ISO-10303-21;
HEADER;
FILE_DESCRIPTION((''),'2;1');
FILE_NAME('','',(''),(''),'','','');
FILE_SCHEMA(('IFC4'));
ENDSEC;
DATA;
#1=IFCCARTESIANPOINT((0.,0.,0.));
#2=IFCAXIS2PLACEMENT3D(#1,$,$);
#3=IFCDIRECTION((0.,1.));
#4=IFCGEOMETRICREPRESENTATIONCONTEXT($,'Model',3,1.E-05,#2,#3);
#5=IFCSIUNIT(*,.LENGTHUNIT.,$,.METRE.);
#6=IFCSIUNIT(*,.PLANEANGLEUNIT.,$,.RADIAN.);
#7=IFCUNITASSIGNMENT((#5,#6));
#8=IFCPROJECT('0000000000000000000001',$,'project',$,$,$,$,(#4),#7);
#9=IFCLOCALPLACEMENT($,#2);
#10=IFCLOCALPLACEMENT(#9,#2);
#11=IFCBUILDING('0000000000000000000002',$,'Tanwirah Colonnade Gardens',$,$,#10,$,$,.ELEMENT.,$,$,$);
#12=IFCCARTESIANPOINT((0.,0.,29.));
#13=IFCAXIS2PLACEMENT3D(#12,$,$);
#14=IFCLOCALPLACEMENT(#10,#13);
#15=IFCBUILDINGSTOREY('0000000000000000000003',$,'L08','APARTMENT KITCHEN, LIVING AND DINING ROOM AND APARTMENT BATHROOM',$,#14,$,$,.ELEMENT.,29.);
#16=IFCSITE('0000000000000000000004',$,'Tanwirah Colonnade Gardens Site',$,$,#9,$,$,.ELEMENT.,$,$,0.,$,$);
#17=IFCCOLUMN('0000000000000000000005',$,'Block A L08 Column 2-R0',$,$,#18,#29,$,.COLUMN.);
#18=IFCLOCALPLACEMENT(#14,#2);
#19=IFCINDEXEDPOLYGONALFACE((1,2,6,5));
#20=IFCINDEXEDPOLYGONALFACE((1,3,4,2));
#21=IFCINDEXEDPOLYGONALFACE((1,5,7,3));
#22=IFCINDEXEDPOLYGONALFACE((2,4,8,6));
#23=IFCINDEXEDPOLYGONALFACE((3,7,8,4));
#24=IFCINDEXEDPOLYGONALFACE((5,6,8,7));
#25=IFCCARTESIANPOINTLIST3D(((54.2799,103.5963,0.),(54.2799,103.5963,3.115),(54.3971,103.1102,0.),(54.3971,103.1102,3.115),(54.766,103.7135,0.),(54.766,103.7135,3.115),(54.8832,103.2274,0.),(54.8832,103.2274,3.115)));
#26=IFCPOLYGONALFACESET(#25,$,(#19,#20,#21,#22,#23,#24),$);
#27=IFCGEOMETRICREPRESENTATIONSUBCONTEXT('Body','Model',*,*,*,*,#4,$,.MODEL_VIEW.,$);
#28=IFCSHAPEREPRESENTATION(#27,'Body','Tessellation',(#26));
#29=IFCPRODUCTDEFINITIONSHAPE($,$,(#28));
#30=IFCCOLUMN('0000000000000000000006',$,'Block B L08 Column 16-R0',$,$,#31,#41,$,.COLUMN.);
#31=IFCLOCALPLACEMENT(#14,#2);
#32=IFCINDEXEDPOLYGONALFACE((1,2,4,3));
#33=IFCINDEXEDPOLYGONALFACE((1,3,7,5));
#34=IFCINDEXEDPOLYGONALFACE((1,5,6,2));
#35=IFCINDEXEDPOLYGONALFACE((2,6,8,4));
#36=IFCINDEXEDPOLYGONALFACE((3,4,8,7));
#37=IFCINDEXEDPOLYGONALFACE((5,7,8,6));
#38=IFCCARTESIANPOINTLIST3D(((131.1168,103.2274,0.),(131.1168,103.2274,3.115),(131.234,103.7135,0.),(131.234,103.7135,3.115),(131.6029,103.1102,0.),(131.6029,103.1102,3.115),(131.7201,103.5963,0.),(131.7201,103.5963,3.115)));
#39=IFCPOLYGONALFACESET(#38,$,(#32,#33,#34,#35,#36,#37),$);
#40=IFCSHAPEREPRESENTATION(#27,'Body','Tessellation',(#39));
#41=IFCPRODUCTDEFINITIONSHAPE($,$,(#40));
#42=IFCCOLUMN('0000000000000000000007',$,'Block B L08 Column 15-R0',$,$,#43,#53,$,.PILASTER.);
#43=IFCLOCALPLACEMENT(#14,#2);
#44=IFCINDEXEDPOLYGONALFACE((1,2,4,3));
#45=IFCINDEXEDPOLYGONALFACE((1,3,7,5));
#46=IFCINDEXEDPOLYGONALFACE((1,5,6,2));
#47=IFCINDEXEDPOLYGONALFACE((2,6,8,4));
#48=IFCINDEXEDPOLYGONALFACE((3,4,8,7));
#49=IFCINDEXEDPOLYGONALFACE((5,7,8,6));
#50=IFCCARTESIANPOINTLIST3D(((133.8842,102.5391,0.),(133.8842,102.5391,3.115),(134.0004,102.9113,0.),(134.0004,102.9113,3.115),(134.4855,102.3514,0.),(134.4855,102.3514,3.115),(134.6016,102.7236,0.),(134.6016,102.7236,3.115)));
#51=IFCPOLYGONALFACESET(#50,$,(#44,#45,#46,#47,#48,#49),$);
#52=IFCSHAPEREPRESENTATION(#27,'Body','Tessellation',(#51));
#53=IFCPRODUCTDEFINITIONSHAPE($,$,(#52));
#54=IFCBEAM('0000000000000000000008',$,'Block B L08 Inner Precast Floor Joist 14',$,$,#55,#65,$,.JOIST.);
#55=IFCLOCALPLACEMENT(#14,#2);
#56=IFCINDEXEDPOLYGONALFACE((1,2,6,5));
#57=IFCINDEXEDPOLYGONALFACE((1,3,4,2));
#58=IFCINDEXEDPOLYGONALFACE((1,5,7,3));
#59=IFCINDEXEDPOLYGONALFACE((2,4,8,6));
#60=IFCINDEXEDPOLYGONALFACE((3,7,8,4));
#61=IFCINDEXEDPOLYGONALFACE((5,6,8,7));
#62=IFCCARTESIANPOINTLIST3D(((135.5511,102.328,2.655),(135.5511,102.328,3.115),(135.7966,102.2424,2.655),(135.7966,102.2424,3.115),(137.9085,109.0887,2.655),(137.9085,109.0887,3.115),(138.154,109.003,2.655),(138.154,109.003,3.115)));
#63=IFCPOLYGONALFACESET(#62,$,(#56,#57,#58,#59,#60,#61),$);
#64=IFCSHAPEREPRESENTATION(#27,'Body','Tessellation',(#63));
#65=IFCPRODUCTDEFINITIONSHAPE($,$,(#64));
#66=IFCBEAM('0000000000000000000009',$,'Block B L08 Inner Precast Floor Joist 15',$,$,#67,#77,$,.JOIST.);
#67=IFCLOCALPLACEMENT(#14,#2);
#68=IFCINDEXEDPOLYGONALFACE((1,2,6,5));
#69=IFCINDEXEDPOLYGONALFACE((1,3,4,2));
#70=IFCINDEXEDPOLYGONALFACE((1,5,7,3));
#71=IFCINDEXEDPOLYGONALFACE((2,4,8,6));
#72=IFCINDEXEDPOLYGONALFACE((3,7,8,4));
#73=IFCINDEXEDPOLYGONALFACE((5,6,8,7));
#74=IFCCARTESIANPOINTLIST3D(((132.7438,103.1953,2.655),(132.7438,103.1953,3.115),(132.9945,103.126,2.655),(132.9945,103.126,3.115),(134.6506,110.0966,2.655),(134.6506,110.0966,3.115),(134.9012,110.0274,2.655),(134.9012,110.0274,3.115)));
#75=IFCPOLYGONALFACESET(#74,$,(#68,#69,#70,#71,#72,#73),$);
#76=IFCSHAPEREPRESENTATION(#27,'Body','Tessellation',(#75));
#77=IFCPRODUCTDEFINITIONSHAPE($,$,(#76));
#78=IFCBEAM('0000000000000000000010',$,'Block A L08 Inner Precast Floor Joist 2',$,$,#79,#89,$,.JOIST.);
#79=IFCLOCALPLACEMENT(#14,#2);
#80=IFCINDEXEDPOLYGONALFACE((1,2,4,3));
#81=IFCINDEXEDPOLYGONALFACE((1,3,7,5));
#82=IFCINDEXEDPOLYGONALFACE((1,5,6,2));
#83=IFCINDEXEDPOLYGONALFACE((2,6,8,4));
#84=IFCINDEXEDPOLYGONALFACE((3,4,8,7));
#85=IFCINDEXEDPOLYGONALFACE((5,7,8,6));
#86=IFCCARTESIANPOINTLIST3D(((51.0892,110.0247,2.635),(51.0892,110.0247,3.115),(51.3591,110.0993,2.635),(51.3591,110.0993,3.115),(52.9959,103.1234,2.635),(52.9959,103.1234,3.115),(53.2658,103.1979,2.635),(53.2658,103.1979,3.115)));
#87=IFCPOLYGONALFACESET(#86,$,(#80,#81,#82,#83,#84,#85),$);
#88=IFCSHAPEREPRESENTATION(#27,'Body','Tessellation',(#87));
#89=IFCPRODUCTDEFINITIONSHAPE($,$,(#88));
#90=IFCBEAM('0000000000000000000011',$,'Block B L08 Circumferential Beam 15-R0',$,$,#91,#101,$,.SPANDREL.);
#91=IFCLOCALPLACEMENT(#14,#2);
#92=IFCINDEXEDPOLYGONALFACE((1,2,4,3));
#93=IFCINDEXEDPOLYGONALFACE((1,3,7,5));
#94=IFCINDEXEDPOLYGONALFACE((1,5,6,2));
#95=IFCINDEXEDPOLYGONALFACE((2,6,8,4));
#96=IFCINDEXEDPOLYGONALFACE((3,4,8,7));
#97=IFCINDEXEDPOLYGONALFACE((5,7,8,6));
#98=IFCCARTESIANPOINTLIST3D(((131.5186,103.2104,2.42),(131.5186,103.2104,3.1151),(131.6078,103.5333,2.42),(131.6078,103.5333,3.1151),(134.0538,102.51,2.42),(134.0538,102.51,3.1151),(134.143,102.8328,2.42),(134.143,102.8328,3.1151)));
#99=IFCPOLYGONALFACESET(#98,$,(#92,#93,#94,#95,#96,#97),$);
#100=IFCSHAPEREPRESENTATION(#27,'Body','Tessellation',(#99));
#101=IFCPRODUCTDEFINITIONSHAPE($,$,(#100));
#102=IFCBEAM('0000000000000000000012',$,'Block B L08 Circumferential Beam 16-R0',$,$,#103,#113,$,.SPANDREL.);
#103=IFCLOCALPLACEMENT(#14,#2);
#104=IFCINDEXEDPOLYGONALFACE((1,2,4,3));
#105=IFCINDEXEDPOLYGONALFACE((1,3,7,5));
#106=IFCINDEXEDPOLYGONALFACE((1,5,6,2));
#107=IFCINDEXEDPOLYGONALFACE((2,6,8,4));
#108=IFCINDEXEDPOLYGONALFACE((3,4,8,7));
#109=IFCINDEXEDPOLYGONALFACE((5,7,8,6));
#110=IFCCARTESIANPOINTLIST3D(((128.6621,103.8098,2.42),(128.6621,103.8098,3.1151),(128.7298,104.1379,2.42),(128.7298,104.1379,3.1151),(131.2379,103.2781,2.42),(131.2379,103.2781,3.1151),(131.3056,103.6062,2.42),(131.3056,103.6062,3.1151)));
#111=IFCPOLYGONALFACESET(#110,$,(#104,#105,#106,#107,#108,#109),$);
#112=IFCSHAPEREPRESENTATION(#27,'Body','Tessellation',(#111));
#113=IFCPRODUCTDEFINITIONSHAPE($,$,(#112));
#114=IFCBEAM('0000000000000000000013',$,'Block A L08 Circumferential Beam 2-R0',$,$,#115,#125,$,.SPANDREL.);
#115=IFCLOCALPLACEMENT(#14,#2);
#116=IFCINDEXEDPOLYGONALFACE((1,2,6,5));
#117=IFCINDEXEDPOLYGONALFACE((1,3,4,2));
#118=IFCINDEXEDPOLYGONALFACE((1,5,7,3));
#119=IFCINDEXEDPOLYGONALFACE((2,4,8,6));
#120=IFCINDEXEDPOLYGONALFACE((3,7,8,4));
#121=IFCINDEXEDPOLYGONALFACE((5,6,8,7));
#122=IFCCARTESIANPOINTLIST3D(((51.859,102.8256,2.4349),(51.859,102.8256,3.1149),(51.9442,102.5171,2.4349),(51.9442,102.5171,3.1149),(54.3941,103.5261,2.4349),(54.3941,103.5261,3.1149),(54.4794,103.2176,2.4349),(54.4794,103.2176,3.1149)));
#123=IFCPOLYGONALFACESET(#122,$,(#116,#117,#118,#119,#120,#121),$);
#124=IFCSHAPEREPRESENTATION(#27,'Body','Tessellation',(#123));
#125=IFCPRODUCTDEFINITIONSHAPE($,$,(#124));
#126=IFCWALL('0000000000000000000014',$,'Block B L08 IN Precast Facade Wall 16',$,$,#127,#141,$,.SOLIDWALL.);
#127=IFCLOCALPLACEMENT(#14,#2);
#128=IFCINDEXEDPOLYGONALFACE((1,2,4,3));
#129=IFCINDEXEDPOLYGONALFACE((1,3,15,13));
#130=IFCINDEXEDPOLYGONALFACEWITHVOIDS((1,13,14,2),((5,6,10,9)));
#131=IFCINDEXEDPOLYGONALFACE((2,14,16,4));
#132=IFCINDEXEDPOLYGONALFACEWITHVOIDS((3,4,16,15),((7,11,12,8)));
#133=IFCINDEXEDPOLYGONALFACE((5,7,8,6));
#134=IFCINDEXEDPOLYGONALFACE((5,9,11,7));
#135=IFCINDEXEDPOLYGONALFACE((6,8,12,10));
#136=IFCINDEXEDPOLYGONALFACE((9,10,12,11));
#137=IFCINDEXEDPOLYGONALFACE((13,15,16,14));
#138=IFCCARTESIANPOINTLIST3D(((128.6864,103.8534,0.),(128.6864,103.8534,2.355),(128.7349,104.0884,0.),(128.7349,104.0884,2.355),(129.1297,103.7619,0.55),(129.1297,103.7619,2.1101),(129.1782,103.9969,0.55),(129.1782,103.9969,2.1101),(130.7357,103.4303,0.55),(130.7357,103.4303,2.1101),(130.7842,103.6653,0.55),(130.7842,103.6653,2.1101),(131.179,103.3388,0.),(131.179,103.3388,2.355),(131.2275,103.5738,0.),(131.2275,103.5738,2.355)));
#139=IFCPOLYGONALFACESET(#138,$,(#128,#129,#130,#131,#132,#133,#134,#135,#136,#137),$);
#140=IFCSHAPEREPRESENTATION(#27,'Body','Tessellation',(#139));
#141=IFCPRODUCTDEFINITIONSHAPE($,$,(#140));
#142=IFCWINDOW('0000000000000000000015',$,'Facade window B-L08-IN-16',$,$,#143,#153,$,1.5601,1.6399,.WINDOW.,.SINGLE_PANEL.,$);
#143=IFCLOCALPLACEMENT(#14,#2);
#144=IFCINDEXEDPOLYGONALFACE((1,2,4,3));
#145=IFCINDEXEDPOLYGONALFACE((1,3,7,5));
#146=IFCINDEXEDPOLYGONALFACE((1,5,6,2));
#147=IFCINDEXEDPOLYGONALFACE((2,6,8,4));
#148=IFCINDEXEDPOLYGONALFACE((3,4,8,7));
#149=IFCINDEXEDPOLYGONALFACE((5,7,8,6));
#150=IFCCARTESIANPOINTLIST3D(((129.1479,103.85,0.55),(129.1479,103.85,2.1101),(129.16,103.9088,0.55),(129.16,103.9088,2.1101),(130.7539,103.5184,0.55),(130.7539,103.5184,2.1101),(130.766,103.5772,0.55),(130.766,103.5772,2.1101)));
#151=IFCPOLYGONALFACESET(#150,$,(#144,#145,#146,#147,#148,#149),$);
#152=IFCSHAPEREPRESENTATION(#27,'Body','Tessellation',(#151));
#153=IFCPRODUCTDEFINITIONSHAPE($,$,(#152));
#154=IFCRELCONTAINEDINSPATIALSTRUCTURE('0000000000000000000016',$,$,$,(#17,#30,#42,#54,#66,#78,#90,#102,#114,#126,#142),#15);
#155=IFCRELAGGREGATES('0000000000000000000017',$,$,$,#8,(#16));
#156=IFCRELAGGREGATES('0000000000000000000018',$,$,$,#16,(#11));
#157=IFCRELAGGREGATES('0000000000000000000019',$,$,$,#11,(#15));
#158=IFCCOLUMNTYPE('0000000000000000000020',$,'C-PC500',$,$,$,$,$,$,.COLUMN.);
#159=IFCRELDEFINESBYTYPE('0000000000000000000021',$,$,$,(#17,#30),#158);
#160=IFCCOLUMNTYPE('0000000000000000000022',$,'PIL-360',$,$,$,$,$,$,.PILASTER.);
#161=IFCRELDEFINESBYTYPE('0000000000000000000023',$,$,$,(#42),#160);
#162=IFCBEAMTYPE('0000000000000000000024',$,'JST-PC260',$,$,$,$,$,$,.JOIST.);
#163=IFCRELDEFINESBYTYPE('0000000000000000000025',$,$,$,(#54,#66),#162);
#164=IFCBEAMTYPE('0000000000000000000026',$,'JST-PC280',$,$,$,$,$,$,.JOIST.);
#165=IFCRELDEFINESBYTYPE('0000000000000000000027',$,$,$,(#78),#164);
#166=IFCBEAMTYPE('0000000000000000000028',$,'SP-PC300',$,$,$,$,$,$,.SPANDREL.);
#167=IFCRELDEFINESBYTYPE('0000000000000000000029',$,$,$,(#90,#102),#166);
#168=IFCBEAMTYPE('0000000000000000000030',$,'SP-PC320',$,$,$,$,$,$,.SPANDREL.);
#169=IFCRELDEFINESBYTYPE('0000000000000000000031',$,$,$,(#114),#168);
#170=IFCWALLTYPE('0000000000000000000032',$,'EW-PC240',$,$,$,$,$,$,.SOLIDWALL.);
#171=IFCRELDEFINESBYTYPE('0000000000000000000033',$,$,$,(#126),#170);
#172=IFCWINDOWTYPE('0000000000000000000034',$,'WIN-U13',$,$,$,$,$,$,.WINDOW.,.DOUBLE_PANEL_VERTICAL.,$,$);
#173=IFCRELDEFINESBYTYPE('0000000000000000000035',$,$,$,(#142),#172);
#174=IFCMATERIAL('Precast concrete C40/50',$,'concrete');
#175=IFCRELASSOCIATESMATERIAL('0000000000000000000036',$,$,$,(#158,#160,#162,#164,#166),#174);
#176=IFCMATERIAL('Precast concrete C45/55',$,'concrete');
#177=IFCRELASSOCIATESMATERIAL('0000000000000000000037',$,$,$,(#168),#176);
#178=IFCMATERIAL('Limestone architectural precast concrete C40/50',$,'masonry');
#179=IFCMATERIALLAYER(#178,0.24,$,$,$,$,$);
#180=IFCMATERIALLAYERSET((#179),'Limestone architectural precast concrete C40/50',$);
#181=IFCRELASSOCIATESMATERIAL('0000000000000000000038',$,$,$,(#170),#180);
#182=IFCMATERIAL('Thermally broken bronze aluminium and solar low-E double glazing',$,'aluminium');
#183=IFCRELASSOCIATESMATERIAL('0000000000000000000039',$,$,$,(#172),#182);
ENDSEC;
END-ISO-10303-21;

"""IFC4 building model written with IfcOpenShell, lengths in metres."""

from ifc_helpers import new_model, si_unit, direction, frame, frame_2d, origin, origin_2d, place, context, subcontext, project, spatial, rectangle, extrude, material, layer, layer_set, material_profile, profile_set, type_object, element, fill, save


model = new_model("IFC4")

# Units and contexts
model_context = context("Model", 3, precision=1e-05, world=origin(), true_north=direction((0.0, 1.0)))
body_context = subcontext(model_context, "Body", "Model", "MODEL_VIEW")
ifc_project = project(units=[si_unit("LENGTHUNIT", "METRE"), si_unit("PLANEANGLEUNIT", "RADIAN")], contexts=[model_context])

# Site, building, storey
site_placement = place(None, origin())
site = spatial("IfcSite", under=ifc_project, at=site_placement, Name="Tanwirah Colonnade Gardens Site", CompositionType="ELEMENT", RefElevation=0.0)
building_placement = place(site_placement, origin())
building = spatial("IfcBuilding", under=site, at=building_placement, Name="Tanwirah Colonnade Gardens", CompositionType="ELEMENT")
storey_placement = place(building_placement, frame((0.0, 0.0, 29.0)))
storey = spatial("IfcBuildingStorey", under=building, at=storey_placement, Name="L08", Description="APARTMENT KITCHEN, LIVING AND DINING ROOM AND APARTMENT BATHROOM", CompositionType="ELEMENT", Elevation=29.0)

# Columns
ifc_material_1 = material(Name="Precast concrete C40/50", Category="concrete")
ifc_material_profile_1 = material_profile(ifc_material_1, rectangle(XDim=0.5, YDim=0.5, at=origin_2d()), Name="PC-COL 500x500")
ifc_profile_set_1 = profile_set([ifc_material_profile_1], Name="Precast concrete C40/50")
column_type_1 = type_object("IfcColumnType", Name="C-PC500", PredefinedType="COLUMN", material=ifc_profile_set_1)
for number, where, z_axis, x_axis, name in (
    (1, (54.5815, 103.4119, 0.0), (0.0, 0.0, 1.0), (-0.234388, 0.972143, 0.0), "Block A L08 Column 2-R0"),
    (2, (131.4185, 103.4119, 0.0), (0.0, 0.0, 1.0), (0.234388, 0.972143, 0.0), "Block B L08 Column 16-R0"),
):
    element("IfcColumn", number, at=place(storey_placement, frame(where, z_axis=z_axis, x_axis=x_axis)), inside=storey, type_object=column_type_1, Name=name, PredefinedType="COLUMN", context=body_context, shape_type="SweptSolid", body=[
        extrude(rectangle(XDim=0.5, YDim=0.5, at=origin_2d()), origin(), (0.0, 0.0, 1.0), 3.115),
    ])
ifc_material_profile_2 = material_profile(ifc_material_1, rectangle(XDim=0.3899, YDim=0.6299, at=origin_2d()), Name="PC-PIL 390x630")
ifc_profile_set_2 = profile_set([ifc_material_profile_2], Name="Precast concrete C40/50")
column_type_2 = type_object("IfcColumnType", Name="PIL-360", PredefinedType="PILASTER", material=ifc_profile_set_2)
column_placement = place(storey_placement, frame((134.2429, 102.6313, 0.0), z_axis=(0.0, 0.0, 1.0), x_axis=(0.29793, 0.954588, 0.0)))
element("IfcColumn", 3, at=column_placement, inside=storey, type_object=column_type_2, Name="Block B L08 Column 15-R0", PredefinedType="PILASTER", context=body_context, shape_type="SweptSolid", body=[
    extrude(rectangle(XDim=0.3899, YDim=0.6299, at=origin_2d()), origin(), (0.0, 0.0, 1.0), 3.115),
])

# Beams
ifc_material_profile_3 = material_profile(ifc_material_1, rectangle(XDim=0.26, YDim=0.46, at=origin_2d()), Name="PC-JST 260x460")
ifc_profile_set_3 = profile_set([ifc_material_profile_3], Name="Precast concrete C40/50")
beam_type_1 = type_object("IfcBeamType", Name="JST-PC260", PredefinedType="JOIST", material=ifc_profile_set_3)
for number, where, z_axis, x_axis, name in (
    (4, (135.6738, 102.2852, 2.885), (0.329251, 0.944243, 0.0), (-0.944243, 0.329251, 0.0), "Block B L08 Inner Precast Floor Joist 14"),
    (5, (132.8691, 103.1606, 2.885), (0.266307, 0.963888, 0.0), (-0.963888, 0.266307, 0.0), "Block B L08 Inner Precast Floor Joist 15"),
):
    element("IfcBeam", number, at=place(storey_placement, frame(where, z_axis=z_axis, x_axis=x_axis)), inside=storey, type_object=beam_type_1, Name=name, PredefinedType="JOIST", context=body_context, shape_type="SweptSolid", body=[
        extrude(rectangle(XDim=0.26, YDim=0.46, at=origin_2d()), origin(), (0.0, 0.0, 1.0), 7.1599),
    ])
ifc_material_profile_4 = material_profile(ifc_material_1, rectangle(XDim=0.28, YDim=0.48, at=origin_2d()), Name="PC-JST 280x480")
ifc_profile_set_4 = profile_set([ifc_material_profile_4], Name="Precast concrete C40/50")
beam_type_2 = type_object("IfcBeamType", Name="JST-PC280", PredefinedType="JOIST", material=ifc_profile_set_4)
beam_1_placement = place(storey_placement, frame((53.1309, 103.1606, 2.875), z_axis=(-0.266307, 0.963888, 0.0), x_axis=(-0.963888, -0.266307, 0.0)))
element("IfcBeam", 6, at=beam_1_placement, inside=storey, type_object=beam_type_2, Name="Block A L08 Inner Precast Floor Joist 2", PredefinedType="JOIST", context=body_context, shape_type="SweptSolid", body=[
    extrude(rectangle(XDim=0.28, YDim=0.48, at=origin_2d()), origin(), (0.0, 0.0, 1.0), 7.1599),
])
ifc_material_profile_5 = material_profile(ifc_material_1, rectangle(XDim=0.335, YDim=0.6951, at=origin_2d()), Name="PC-SP 335x695")
ifc_profile_set_5 = profile_set([ifc_material_profile_5], Name="Precast concrete C40/50")
beam_type_3 = type_object("IfcBeamType", Name="SP-PC300", PredefinedType="SPANDREL", material=ifc_profile_set_5)
for number, where, z_axis, x_axis, name in (
    (7, (134.0984, 102.6714, 2.7676), (-0.963887, 0.266313, 0.0), (-0.266313, -0.963887, 0.0), "Block B L08 Circumferential Beam 15-R0"),
    (8, (131.2717, 103.4421, 2.7676), (-0.979352, 0.202164, 0.0), (-0.202164, -0.979352, 0.0), "Block B L08 Circumferential Beam 16-R0"),
):
    element("IfcBeam", number, at=place(storey_placement, frame(where, z_axis=z_axis, x_axis=x_axis)), inside=storey, type_object=beam_type_3, Name=name, PredefinedType="SPANDREL", context=body_context, shape_type="SweptSolid", body=[
        extrude(rectangle(XDim=0.335, YDim=0.6951, at=origin_2d()), origin(), (0.0, 0.0, 1.0), 2.6301),
    ])
ifc_material_2 = material(Name="Precast concrete C45/55", Category="concrete")
ifc_material_profile_6 = material_profile(ifc_material_2, rectangle(XDim=0.3201, YDim=0.6799, at=origin_2d()), Name="PC-SP 320x680")
ifc_profile_set_6 = profile_set([ifc_material_profile_6], Name="Precast concrete C45/55")
beam_type_4 = type_object("IfcBeamType", Name="SP-PC320", PredefinedType="SPANDREL", material=ifc_profile_set_6)
beam_2_placement = place(storey_placement, frame((54.4368, 103.3718, 2.7749), z_axis=(-0.963887, -0.266313, 0.0), x_axis=(0.266313, -0.963887, 0.0)))
element("IfcBeam", 9, at=beam_2_placement, inside=storey, type_object=beam_type_4, Name="Block A L08 Circumferential Beam 2-R0", PredefinedType="SPANDREL", context=body_context, shape_type="SweptSolid", body=[
    extrude(rectangle(XDim=0.3201, YDim=0.6799, at=origin_2d()), origin(), (0.0, 0.0, 1.0), 2.6301),
])

# Shared definitions
ifc_material_3 = material(Name="Limestone architectural precast concrete C40/50", Category="masonry")
ifc_layer_1 = layer(ifc_material_3, 0.24)
ifc_layer_set_1 = layer_set([ifc_layer_1], Name="Limestone architectural precast concrete C40/50")
wall_type_1 = type_object("IfcWallType", Name="EW-PC240", PredefinedType="SOLIDWALL", material=ifc_layer_set_1)

# Wall, opening, window
wall_1_placement = place(storey_placement, frame((131.2031, 103.4563, 0.0), z_axis=(0.0, 0.0, 1.0), x_axis=(-0.979344, 0.2022, 0.0)))
wall_1 = element("IfcWall", 10, at=wall_1_placement, inside=storey, type_object=wall_type_1, Name="Block B L08 IN Precast Facade Wall 16", PredefinedType="SOLIDWALL", context=body_context, shape_type="SweptSolid", body=[
    extrude(rectangle(XDim=2.5452, YDim=0.24, at=frame_2d((1.2725, 0.0))), origin(), (0.0, 0.0, 1.0), 2.355),
])
opening_1_placement = place(wall_1_placement, frame((0.4526, 0.0, 0.55)))
opening_1 = element("IfcOpeningElement", 11, at=opening_1_placement, cuts=wall_1, PredefinedType="OPENING", context=body_context, shape_type="SweptSolid", body=[
    extrude(rectangle(XDim=1.6399, YDim=1.5601, at=frame_2d((0.8198, 0.78))), frame((0.0, 0.1299, 0.0), z_axis=(0.0, -1.0, 0.0), x_axis=(1.0, 0.0, 0.0)), (0.0, 0.0, 1.0), 0.26),
])
ifc_material_4 = material(Name="Thermally broken bronze aluminium and solar low-E double glazing", Category="aluminium")
window_type = type_object("IfcWindowType", Name="WIN-U13", PartitioningType="DOUBLE_PANEL_VERTICAL", PredefinedType="WINDOW", material=ifc_material_4)
window_placement = place(opening_1_placement, origin())
window = element("IfcWindow", 12, at=window_placement, inside=storey, type_object=window_type, Name="Facade window B-L08-IN-16", OverallHeight=1.5601, OverallWidth=1.6399, PartitioningType="SINGLE_PANEL", PredefinedType="WINDOW", context=body_context, shape_type="SweptSolid", body=[
    extrude(rectangle(XDim=1.6399, YDim=1.5601, at=frame_2d((0.8198, 0.78))), frame((0.0, 0.03, 0.0), z_axis=(0.0, -1.0, 0.0), x_axis=(1.0, 0.0, 0.0)), (0.0, 0.0, 1.0), 0.0601),
])
fill(opening_1, window)

save(model, "model.ifc")
